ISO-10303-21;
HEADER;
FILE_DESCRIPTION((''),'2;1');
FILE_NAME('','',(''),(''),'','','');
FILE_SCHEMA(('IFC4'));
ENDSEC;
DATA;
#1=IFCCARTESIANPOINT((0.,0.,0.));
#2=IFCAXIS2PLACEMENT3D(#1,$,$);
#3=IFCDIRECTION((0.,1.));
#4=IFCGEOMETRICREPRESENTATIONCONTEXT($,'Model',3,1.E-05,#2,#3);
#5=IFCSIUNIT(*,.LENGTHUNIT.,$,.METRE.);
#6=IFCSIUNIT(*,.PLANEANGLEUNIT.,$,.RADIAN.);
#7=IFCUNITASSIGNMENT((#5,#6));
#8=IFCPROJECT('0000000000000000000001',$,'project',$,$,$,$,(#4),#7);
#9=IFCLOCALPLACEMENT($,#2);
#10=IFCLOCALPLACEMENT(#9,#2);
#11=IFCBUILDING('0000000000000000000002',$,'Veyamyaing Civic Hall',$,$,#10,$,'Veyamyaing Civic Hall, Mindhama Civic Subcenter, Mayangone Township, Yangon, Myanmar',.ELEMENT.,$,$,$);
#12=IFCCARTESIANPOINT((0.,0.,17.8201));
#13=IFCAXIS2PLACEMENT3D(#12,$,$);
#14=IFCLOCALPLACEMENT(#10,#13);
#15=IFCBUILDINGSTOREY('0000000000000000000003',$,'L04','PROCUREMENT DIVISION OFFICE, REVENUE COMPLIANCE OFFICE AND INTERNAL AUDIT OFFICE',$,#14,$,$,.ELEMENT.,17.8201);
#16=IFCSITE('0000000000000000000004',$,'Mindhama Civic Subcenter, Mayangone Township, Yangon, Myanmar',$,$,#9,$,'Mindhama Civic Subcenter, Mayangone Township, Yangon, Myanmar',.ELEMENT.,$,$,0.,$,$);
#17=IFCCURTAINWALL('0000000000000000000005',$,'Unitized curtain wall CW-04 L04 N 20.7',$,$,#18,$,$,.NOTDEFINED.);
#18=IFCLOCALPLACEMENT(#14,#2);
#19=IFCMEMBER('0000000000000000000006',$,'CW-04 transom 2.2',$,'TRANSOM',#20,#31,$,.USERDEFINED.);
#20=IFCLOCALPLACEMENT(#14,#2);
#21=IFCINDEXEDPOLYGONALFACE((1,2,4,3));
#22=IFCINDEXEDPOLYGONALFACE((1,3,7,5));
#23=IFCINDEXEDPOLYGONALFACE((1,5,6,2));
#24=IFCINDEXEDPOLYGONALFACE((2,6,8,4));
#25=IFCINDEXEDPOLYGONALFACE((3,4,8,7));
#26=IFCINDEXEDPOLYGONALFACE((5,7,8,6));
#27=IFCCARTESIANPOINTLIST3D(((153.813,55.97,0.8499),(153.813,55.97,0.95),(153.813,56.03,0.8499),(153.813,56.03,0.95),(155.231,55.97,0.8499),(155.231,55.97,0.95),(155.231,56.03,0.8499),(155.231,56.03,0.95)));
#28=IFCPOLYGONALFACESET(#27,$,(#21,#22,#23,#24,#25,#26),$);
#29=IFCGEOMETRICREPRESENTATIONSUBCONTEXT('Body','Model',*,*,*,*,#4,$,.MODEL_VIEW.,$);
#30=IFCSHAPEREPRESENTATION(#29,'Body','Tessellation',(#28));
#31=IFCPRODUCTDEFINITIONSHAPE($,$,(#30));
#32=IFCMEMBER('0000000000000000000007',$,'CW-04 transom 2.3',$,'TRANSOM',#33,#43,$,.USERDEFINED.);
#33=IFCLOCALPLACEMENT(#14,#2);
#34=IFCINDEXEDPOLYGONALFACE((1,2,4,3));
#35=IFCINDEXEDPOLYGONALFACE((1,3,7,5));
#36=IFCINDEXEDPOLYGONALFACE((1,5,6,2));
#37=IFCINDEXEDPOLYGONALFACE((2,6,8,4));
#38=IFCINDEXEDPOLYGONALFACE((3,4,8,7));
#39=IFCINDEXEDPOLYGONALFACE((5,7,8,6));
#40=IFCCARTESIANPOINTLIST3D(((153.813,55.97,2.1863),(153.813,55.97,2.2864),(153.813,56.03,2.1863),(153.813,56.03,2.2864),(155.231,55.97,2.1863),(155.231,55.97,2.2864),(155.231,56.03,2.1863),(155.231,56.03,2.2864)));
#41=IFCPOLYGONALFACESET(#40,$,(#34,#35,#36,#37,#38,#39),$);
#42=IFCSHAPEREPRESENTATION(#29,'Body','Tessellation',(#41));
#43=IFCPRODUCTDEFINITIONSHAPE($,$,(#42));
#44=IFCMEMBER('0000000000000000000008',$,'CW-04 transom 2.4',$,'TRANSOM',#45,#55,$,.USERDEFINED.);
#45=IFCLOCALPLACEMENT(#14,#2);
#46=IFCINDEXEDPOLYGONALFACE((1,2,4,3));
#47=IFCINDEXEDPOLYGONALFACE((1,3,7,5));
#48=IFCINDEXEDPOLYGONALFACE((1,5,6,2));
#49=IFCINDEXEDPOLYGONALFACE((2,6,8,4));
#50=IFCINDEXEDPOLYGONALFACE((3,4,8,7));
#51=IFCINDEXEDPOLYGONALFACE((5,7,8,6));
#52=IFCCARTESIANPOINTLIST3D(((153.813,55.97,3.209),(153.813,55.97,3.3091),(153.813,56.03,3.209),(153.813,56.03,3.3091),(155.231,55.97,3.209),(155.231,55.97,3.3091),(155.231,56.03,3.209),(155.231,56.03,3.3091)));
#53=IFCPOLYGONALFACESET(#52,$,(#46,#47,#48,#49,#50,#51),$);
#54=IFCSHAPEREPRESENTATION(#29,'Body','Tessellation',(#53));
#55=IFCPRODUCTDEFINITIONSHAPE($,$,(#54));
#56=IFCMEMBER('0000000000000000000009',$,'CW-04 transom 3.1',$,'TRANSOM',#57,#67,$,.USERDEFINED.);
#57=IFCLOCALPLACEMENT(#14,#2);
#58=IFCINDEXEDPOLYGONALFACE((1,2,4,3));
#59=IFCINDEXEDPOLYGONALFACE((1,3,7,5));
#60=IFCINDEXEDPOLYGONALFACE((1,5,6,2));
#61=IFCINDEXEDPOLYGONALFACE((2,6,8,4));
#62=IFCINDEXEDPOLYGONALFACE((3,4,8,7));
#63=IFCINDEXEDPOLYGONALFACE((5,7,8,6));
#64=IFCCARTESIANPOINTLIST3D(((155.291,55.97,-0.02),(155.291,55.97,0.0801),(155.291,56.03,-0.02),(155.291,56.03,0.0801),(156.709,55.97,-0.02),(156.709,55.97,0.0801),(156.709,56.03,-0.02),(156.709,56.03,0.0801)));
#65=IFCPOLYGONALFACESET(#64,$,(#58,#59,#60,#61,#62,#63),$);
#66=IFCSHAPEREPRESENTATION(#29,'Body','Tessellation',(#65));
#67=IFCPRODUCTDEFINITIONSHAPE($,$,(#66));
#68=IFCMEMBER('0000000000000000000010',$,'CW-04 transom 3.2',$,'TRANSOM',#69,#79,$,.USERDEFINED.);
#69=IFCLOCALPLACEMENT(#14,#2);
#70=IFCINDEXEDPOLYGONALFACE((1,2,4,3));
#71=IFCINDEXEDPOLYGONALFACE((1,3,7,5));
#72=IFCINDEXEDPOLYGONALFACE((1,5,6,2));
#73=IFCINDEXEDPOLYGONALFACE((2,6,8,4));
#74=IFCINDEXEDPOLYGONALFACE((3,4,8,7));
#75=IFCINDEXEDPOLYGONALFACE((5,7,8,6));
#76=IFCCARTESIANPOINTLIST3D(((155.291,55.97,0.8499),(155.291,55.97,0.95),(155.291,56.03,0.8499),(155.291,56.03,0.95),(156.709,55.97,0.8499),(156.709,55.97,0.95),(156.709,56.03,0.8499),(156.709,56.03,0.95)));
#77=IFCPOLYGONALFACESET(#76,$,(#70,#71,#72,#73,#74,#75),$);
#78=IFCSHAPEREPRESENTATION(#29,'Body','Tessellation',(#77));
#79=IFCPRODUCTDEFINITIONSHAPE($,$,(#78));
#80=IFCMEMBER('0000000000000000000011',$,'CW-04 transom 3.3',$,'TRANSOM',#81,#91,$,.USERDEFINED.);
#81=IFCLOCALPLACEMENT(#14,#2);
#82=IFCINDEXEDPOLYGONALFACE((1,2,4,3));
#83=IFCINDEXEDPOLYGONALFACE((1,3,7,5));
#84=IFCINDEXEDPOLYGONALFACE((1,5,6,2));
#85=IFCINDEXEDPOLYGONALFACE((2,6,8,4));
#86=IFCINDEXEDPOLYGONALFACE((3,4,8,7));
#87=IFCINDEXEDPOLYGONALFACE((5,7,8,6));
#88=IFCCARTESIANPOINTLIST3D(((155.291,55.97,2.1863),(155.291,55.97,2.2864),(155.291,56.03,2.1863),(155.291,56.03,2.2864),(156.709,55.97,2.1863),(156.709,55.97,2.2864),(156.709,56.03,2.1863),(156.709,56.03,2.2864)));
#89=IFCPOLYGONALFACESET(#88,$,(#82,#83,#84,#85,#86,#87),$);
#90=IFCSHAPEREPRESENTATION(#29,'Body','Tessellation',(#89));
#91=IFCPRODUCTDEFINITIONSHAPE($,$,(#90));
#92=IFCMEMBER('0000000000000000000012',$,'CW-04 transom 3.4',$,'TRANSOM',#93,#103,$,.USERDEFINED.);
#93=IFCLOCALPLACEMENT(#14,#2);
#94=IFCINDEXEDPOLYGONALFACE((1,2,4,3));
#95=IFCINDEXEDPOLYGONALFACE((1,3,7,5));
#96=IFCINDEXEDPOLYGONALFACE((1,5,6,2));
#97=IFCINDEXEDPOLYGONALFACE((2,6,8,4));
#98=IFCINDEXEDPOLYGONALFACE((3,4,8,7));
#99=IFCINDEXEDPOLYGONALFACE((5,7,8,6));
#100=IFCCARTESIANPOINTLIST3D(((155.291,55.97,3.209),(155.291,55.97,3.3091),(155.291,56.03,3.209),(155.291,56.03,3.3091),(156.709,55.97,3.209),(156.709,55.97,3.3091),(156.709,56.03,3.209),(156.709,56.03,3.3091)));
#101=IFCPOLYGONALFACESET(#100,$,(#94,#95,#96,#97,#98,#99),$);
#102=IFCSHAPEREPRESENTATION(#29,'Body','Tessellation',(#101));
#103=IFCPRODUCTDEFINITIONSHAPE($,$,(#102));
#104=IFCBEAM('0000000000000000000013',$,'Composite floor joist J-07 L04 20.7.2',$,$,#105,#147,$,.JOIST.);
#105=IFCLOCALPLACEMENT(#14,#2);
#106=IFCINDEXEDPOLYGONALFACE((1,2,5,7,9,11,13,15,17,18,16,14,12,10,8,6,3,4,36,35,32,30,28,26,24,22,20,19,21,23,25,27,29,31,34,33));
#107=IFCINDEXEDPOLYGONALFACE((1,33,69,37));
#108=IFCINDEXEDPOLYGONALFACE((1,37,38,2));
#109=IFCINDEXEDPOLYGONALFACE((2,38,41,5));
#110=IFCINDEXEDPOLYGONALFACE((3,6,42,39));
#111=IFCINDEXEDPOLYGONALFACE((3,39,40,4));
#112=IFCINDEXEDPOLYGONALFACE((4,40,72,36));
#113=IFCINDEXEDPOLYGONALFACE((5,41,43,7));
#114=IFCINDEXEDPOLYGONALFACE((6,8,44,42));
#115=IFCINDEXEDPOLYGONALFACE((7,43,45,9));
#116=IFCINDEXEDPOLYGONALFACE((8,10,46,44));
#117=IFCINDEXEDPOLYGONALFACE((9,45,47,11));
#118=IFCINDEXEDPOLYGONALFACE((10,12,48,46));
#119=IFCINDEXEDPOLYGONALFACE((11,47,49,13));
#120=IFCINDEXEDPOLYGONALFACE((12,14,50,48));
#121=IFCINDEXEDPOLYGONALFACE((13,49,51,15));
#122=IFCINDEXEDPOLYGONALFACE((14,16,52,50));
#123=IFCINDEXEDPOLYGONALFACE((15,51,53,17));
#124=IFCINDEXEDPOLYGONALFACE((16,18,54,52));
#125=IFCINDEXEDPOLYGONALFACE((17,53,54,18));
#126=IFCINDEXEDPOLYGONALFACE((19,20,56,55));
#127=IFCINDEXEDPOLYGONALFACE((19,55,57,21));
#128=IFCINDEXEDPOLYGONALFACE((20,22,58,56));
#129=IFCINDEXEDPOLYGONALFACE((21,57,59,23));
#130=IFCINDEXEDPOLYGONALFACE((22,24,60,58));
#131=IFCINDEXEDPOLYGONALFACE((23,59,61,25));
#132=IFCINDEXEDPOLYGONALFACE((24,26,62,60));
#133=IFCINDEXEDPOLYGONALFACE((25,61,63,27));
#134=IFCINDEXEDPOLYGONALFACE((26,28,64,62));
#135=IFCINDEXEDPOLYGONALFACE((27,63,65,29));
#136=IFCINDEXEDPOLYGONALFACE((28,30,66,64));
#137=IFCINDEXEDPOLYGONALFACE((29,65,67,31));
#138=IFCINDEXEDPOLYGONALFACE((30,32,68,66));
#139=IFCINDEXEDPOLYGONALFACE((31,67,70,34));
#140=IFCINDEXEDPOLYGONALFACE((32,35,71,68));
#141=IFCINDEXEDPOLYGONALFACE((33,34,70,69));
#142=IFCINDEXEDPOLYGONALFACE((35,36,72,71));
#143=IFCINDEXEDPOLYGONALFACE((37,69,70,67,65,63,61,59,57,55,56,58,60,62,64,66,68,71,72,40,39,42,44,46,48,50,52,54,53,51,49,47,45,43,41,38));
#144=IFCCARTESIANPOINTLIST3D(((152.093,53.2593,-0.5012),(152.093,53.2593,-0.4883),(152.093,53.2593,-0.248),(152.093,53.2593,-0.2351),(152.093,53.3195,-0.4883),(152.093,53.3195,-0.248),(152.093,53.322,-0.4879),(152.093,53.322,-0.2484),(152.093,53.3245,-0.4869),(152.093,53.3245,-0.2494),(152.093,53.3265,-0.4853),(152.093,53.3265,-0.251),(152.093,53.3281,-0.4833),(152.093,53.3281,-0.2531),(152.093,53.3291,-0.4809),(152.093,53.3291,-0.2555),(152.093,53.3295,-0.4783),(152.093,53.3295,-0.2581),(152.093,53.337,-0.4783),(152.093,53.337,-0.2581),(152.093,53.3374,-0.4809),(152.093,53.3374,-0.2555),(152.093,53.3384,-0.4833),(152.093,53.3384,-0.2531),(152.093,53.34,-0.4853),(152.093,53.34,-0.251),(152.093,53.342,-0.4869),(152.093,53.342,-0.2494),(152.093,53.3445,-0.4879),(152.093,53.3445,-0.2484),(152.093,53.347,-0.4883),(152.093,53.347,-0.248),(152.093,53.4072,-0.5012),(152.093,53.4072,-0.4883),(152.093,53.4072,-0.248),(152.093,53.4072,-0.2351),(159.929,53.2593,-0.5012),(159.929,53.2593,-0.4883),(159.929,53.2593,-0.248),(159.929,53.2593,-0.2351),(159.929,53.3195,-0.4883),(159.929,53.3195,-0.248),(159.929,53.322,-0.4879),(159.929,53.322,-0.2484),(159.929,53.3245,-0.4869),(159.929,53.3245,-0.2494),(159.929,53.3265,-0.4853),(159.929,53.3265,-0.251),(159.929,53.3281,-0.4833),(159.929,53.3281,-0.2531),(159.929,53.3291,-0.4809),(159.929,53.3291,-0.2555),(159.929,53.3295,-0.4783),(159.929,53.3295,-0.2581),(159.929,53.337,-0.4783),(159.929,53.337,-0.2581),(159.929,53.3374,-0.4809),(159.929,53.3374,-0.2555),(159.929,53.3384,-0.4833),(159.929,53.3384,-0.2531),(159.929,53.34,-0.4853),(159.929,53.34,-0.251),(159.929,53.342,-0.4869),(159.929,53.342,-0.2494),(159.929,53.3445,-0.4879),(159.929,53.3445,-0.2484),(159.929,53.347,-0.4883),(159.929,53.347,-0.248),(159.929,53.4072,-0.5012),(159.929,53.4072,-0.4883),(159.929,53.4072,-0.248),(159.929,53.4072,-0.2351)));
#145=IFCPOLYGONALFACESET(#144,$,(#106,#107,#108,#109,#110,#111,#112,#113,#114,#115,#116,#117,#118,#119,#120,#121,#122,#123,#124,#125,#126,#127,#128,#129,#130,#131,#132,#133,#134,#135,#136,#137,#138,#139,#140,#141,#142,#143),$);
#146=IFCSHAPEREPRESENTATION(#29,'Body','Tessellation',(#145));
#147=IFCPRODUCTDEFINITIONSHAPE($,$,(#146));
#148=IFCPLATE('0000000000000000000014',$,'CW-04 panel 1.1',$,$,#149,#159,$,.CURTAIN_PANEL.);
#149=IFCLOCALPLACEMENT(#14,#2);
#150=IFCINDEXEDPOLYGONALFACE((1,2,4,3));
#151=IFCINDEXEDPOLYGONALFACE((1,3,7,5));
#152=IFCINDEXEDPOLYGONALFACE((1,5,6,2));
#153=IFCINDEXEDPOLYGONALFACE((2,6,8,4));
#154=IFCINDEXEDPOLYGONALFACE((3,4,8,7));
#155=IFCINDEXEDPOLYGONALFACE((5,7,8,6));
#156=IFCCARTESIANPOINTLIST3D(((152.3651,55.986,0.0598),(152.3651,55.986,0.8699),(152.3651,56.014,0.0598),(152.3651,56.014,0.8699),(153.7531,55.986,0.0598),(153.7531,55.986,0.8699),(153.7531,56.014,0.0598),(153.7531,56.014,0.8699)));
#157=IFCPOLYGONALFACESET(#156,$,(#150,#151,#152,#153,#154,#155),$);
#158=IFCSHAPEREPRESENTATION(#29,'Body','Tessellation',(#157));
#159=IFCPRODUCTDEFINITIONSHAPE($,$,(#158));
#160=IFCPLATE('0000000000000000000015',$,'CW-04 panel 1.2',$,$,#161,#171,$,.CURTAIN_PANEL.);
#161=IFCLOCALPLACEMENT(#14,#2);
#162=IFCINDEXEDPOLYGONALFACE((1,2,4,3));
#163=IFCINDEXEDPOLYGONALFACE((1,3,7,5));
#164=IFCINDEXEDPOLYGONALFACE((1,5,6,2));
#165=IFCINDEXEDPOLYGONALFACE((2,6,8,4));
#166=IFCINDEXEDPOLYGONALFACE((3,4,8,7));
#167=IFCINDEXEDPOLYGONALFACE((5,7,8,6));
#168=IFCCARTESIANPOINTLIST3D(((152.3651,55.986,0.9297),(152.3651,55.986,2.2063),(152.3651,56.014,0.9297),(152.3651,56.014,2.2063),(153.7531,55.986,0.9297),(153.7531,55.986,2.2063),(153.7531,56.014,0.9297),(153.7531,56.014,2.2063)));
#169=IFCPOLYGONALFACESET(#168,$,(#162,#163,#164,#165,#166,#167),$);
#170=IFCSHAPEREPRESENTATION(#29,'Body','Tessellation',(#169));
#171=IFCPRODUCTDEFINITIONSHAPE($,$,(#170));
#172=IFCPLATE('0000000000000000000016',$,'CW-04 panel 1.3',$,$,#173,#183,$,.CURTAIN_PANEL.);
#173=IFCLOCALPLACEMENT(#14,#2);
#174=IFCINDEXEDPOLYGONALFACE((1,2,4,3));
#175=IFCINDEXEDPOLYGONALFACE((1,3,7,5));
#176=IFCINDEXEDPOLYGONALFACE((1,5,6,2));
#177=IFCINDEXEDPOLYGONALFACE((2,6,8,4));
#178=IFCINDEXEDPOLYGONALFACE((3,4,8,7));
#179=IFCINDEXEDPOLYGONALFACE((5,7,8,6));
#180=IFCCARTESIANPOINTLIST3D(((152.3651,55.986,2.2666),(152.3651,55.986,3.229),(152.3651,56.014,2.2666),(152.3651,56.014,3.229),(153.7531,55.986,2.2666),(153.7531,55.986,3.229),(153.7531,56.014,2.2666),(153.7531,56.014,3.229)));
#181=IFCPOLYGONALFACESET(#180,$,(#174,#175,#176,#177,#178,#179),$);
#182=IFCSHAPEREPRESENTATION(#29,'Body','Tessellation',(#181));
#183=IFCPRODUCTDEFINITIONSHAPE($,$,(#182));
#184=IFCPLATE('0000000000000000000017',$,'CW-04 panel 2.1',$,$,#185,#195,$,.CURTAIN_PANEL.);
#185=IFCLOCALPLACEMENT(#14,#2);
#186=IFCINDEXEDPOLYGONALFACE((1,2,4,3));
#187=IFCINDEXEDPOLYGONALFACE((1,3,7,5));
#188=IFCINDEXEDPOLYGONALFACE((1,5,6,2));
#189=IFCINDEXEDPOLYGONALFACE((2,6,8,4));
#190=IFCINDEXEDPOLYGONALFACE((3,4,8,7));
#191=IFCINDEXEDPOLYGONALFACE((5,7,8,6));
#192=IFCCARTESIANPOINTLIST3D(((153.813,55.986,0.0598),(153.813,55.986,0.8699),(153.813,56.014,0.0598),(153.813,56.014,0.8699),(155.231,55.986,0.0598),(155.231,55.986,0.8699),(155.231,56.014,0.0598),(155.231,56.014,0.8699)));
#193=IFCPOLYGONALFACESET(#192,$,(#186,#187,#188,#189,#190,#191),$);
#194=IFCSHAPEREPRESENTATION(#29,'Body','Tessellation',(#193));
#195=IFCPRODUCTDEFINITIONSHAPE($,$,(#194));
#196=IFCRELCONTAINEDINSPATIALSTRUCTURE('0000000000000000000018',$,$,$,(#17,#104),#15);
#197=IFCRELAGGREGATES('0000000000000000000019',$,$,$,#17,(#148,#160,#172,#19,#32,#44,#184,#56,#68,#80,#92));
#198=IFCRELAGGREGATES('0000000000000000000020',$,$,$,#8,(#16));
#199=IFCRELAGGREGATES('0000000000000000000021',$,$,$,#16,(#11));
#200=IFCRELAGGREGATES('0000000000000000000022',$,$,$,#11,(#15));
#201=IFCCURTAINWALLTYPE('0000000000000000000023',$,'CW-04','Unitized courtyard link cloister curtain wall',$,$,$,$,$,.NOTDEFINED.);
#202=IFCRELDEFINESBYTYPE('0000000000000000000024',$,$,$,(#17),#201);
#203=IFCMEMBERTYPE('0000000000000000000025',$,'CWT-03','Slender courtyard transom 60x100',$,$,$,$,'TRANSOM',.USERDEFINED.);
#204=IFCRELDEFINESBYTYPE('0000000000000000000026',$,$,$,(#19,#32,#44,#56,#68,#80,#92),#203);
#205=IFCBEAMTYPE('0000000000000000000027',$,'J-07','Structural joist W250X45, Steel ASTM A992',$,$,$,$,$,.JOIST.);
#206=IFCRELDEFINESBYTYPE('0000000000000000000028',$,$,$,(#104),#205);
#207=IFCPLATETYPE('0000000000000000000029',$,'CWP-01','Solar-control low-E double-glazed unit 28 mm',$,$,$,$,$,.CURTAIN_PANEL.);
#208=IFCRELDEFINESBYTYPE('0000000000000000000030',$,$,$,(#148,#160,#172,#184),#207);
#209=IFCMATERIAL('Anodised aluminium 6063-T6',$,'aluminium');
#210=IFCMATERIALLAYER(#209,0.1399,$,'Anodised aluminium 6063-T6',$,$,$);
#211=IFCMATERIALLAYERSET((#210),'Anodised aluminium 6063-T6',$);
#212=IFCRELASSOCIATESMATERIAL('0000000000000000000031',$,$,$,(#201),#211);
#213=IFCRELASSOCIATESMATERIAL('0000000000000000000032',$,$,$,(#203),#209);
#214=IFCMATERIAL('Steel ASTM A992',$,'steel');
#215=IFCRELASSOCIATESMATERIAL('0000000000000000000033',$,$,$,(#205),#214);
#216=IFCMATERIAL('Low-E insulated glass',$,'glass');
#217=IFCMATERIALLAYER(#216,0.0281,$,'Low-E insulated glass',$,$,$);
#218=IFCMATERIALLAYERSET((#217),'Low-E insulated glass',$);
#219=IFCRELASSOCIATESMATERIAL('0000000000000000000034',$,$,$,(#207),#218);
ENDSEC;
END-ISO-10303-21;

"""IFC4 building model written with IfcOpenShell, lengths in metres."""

from ifc_helpers import new_model, si_unit, direction, frame, origin, origin_2d, place, context, subcontext, project, spatial, rectangle, i_section, extrude, material, layer, layer_set, material_profile, profile_set, type_object, element, aggregate, save


model = new_model("IFC4")

# Units and contexts
model_context = context("Model", 3, precision=1e-05, world=origin(), true_north=direction((0.0, 1.0)))
body_context = subcontext(model_context, "Body", "Model", "MODEL_VIEW")
ifc_project = project(units=[si_unit("LENGTHUNIT", "METRE"), si_unit("PLANEANGLEUNIT", "RADIAN")], contexts=[model_context])

# Site, building, storey
site_placement = place(None, origin())
site = spatial("IfcSite", under=ifc_project, at=site_placement, Name="Mindhama Civic Subcenter, Mayangone Township, Yangon, Myanmar", LongName="Mindhama Civic Subcenter, Mayangone Township, Yangon, Myanmar", CompositionType="ELEMENT", RefElevation=0.0)
building_placement = place(site_placement, origin())
building = spatial("IfcBuilding", under=site, at=building_placement, Name="Veyamyaing Civic Hall", LongName="Veyamyaing Civic Hall, Mindhama Civic Subcenter, Mayangone Township, Yangon, Myanmar", CompositionType="ELEMENT")
storey_placement = place(building_placement, frame((0.0, 0.0, 17.8201)))
storey = spatial("IfcBuildingStorey", under=building, at=storey_placement, Name="L04", Description="PROCUREMENT DIVISION OFFICE, REVENUE COMPLIANCE OFFICE AND INTERNAL AUDIT OFFICE", CompositionType="ELEMENT", Elevation=17.8201)

# Shared definitions
ifc_material_1 = material(Name="Steel ASTM A992", Category="steel")

# Shared definitions
ifc_material_2 = material(Name="Anodised aluminium 6063-T6", Category="aluminium")
ifc_layer_1 = layer(ifc_material_2, 0.1399, Name="Anodised aluminium 6063-T6")
ifc_layer_set_1 = layer_set([ifc_layer_1], Name="Anodised aluminium 6063-T6")
curtain_wall_type = type_object("IfcCurtainWallType", Name="CW-04", Description="Unitized courtyard link cloister curtain wall", PredefinedType="NOTDEFINED", material=ifc_layer_set_1)

# Curtain wall, members
curtain_wall_1_placement = place(storey_placement, origin())
curtain_wall_1 = element("IfcCurtainWall", 1, at=curtain_wall_1_placement, inside=storey, type_object=curtain_wall_type, Name="Unitized curtain wall CW-04 L04 N 20.7", PredefinedType="NOTDEFINED")
ifc_material_profile_1 = material_profile(ifc_material_2, rectangle(XDim=0.0601, YDim=0.1001, at=origin_2d()), Name="ALU-TRN-60X100")
ifc_profile_set_1 = profile_set([ifc_material_profile_1], Name="Anodised aluminium 6063-T6")
member_type_1 = type_object("IfcMemberType", Name="CWT-03", Description="Slender courtyard transom 60x100", ElementType="TRANSOM", PredefinedType="USERDEFINED", material=ifc_profile_set_1)
member_1_placement = place(storey_placement, frame((153.813, 56.0, 0.8999), z_axis=(1.0, 0.0, 0.0), x_axis=(0.0, 1.0, 0.0)))
member_1 = element("IfcMember", 2, at=member_1_placement, type_object=member_type_1, Name="CW-04 transom 2.2", ObjectType="TRANSOM", PredefinedType="USERDEFINED", context=body_context, shape_type="SweptSolid", body=[
    extrude(rectangle(XDim=0.0601, YDim=0.1001, at=origin_2d()), origin(), (0.0, 0.0, 1.0), 1.418),
])
member_2_placement = place(storey_placement, frame((153.813, 56.0, 2.2363), z_axis=(1.0, 0.0, 0.0), x_axis=(0.0, 1.0, 0.0)))
member_2 = element("IfcMember", 3, at=member_2_placement, type_object=member_type_1, Name="CW-04 transom 2.3", ObjectType="TRANSOM", PredefinedType="USERDEFINED", context=body_context, shape_type="SweptSolid", body=[
    extrude(rectangle(XDim=0.0601, YDim=0.1001, at=origin_2d()), origin(), (0.0, 0.0, 1.0), 1.418),
])
member_3_placement = place(storey_placement, frame((153.813, 56.0, 3.259), z_axis=(1.0, 0.0, 0.0), x_axis=(0.0, 1.0, 0.0)))
member_3 = element("IfcMember", 4, at=member_3_placement, type_object=member_type_1, Name="CW-04 transom 2.4", ObjectType="TRANSOM", PredefinedType="USERDEFINED", context=body_context, shape_type="SweptSolid", body=[
    extrude(rectangle(XDim=0.0601, YDim=0.1001, at=origin_2d()), origin(), (0.0, 0.0, 1.0), 1.418),
])
member_4_placement = place(storey_placement, frame((155.291, 56.0, 0.03), z_axis=(1.0, 0.0, 0.0), x_axis=(0.0, 1.0, 0.0)))
member_4 = element("IfcMember", 5, at=member_4_placement, type_object=member_type_1, Name="CW-04 transom 3.1", ObjectType="TRANSOM", PredefinedType="USERDEFINED", context=body_context, shape_type="SweptSolid", body=[
    extrude(rectangle(XDim=0.0601, YDim=0.1001, at=origin_2d()), origin(), (0.0, 0.0, 1.0), 1.418),
])
member_5_placement = place(storey_placement, frame((155.291, 56.0, 0.8999), z_axis=(1.0, 0.0, 0.0), x_axis=(0.0, 1.0, 0.0)))
member_5 = element("IfcMember", 6, at=member_5_placement, type_object=member_type_1, Name="CW-04 transom 3.2", ObjectType="TRANSOM", PredefinedType="USERDEFINED", context=body_context, shape_type="SweptSolid", body=[
    extrude(rectangle(XDim=0.0601, YDim=0.1001, at=origin_2d()), origin(), (0.0, 0.0, 1.0), 1.418),
])
member_6_placement = place(storey_placement, frame((155.291, 56.0, 2.2363), z_axis=(1.0, 0.0, 0.0), x_axis=(0.0, 1.0, 0.0)))
member_6 = element("IfcMember", 7, at=member_6_placement, type_object=member_type_1, Name="CW-04 transom 3.3", ObjectType="TRANSOM", PredefinedType="USERDEFINED", context=body_context, shape_type="SweptSolid", body=[
    extrude(rectangle(XDim=0.0601, YDim=0.1001, at=origin_2d()), origin(), (0.0, 0.0, 1.0), 1.418),
])
member_7_placement = place(storey_placement, frame((155.291, 56.0, 3.259), z_axis=(1.0, 0.0, 0.0), x_axis=(0.0, 1.0, 0.0)))
member_7 = element("IfcMember", 8, at=member_7_placement, type_object=member_type_1, Name="CW-04 transom 3.4", ObjectType="TRANSOM", PredefinedType="USERDEFINED", context=body_context, shape_type="SweptSolid", body=[
    extrude(rectangle(XDim=0.0601, YDim=0.1001, at=origin_2d()), origin(), (0.0, 0.0, 1.0), 1.418),
])

# Beam
ifc_material_profile_2 = material_profile(ifc_material_1, i_section(OverallWidth=0.1479, OverallDepth=0.2661, WebThickness=0.0076, FlangeThickness=0.0129, FilletRadius=0.01, at=origin_2d()), Name="W250X45")
ifc_profile_set_2 = profile_set([ifc_material_profile_2], Name="Steel ASTM A992")
beam_type_1 = type_object("IfcBeamType", Name="J-07", Description="Structural joist W250X45, Steel ASTM A992", PredefinedType="JOIST", material=ifc_profile_set_2)
beam_1_placement = place(storey_placement, frame((152.093, 53.3333, -0.3682), z_axis=(1.0, 0.0, 0.0), x_axis=(0.0, 1.0, 0.0)))
element("IfcBeam", 9, at=beam_1_placement, inside=storey, type_object=beam_type_1, Name="Composite floor joist J-07 L04 20.7.2", PredefinedType="JOIST", context=body_context, shape_type="SweptSolid", body=[
    extrude(i_section(OverallWidth=0.1479, OverallDepth=0.2661, WebThickness=0.0076, FlangeThickness=0.0129, FilletRadius=0.01, at=origin_2d()), origin(), (0.0, 0.0, 1.0), 7.8359),
])

# Plates
ifc_material_3 = material(Name="Low-E insulated glass", Category="glass")
ifc_layer_2 = layer(ifc_material_3, 0.0281, Name="Low-E insulated glass")
ifc_layer_set_2 = layer_set([ifc_layer_2], Name="Low-E insulated glass")
plate_type_1 = type_object("IfcPlateType", Name="CWP-01", Description="Solar-control low-E double-glazed unit 28 mm", PredefinedType="CURTAIN_PANEL", material=ifc_layer_set_2)
plate_1_placement = place(storey_placement, frame((153.0591, 56.0, 0.0598), z_axis=(0.0, 0.0, 1.0), x_axis=(1.0, 0.0, 0.0)))
plate_1 = element("IfcPlate", 10, at=plate_1_placement, type_object=plate_type_1, Name="CW-04 panel 1.1", PredefinedType="CURTAIN_PANEL", context=body_context, shape_type="SweptSolid", body=[
    extrude(rectangle(XDim=1.3879, YDim=0.0281, at=origin_2d()), origin(), (0.0, 0.0, 1.0), 0.8101),
])
plate_2_placement = place(storey_placement, frame((153.0591, 56.0, 0.9297), z_axis=(0.0, 0.0, 1.0), x_axis=(1.0, 0.0, 0.0)))
plate_2 = element("IfcPlate", 11, at=plate_2_placement, type_object=plate_type_1, Name="CW-04 panel 1.2", PredefinedType="CURTAIN_PANEL", context=body_context, shape_type="SweptSolid", body=[
    extrude(rectangle(XDim=1.3879, YDim=0.0281, at=origin_2d()), origin(), (0.0, 0.0, 1.0), 1.2766),
])
plate_3_placement = place(storey_placement, frame((153.0591, 56.0, 2.2666), z_axis=(0.0, 0.0, 1.0), x_axis=(1.0, 0.0, 0.0)))
plate_3 = element("IfcPlate", 12, at=plate_3_placement, type_object=plate_type_1, Name="CW-04 panel 1.3", PredefinedType="CURTAIN_PANEL", context=body_context, shape_type="SweptSolid", body=[
    extrude(rectangle(XDim=1.3879, YDim=0.0281, at=origin_2d()), origin(), (0.0, 0.0, 1.0), 0.9624),
])
plate_4_placement = place(storey_placement, frame((154.522, 56.0, 0.0598), z_axis=(0.0, 0.0, 1.0), x_axis=(1.0, 0.0, 0.0)))
plate_4 = element("IfcPlate", 13, at=plate_4_placement, type_object=plate_type_1, Name="CW-04 panel 2.1", PredefinedType="CURTAIN_PANEL", context=body_context, shape_type="SweptSolid", body=[
    extrude(rectangle(XDim=1.418, YDim=0.0281, at=origin_2d()), origin(), (0.0, 0.0, 1.0), 0.8101),
])
aggregate(curtain_wall_1, [plate_1, plate_2, plate_3, member_1, member_2, member_3, plate_4, member_4, member_5, member_6, member_7])

save(model, "model.ifc")
